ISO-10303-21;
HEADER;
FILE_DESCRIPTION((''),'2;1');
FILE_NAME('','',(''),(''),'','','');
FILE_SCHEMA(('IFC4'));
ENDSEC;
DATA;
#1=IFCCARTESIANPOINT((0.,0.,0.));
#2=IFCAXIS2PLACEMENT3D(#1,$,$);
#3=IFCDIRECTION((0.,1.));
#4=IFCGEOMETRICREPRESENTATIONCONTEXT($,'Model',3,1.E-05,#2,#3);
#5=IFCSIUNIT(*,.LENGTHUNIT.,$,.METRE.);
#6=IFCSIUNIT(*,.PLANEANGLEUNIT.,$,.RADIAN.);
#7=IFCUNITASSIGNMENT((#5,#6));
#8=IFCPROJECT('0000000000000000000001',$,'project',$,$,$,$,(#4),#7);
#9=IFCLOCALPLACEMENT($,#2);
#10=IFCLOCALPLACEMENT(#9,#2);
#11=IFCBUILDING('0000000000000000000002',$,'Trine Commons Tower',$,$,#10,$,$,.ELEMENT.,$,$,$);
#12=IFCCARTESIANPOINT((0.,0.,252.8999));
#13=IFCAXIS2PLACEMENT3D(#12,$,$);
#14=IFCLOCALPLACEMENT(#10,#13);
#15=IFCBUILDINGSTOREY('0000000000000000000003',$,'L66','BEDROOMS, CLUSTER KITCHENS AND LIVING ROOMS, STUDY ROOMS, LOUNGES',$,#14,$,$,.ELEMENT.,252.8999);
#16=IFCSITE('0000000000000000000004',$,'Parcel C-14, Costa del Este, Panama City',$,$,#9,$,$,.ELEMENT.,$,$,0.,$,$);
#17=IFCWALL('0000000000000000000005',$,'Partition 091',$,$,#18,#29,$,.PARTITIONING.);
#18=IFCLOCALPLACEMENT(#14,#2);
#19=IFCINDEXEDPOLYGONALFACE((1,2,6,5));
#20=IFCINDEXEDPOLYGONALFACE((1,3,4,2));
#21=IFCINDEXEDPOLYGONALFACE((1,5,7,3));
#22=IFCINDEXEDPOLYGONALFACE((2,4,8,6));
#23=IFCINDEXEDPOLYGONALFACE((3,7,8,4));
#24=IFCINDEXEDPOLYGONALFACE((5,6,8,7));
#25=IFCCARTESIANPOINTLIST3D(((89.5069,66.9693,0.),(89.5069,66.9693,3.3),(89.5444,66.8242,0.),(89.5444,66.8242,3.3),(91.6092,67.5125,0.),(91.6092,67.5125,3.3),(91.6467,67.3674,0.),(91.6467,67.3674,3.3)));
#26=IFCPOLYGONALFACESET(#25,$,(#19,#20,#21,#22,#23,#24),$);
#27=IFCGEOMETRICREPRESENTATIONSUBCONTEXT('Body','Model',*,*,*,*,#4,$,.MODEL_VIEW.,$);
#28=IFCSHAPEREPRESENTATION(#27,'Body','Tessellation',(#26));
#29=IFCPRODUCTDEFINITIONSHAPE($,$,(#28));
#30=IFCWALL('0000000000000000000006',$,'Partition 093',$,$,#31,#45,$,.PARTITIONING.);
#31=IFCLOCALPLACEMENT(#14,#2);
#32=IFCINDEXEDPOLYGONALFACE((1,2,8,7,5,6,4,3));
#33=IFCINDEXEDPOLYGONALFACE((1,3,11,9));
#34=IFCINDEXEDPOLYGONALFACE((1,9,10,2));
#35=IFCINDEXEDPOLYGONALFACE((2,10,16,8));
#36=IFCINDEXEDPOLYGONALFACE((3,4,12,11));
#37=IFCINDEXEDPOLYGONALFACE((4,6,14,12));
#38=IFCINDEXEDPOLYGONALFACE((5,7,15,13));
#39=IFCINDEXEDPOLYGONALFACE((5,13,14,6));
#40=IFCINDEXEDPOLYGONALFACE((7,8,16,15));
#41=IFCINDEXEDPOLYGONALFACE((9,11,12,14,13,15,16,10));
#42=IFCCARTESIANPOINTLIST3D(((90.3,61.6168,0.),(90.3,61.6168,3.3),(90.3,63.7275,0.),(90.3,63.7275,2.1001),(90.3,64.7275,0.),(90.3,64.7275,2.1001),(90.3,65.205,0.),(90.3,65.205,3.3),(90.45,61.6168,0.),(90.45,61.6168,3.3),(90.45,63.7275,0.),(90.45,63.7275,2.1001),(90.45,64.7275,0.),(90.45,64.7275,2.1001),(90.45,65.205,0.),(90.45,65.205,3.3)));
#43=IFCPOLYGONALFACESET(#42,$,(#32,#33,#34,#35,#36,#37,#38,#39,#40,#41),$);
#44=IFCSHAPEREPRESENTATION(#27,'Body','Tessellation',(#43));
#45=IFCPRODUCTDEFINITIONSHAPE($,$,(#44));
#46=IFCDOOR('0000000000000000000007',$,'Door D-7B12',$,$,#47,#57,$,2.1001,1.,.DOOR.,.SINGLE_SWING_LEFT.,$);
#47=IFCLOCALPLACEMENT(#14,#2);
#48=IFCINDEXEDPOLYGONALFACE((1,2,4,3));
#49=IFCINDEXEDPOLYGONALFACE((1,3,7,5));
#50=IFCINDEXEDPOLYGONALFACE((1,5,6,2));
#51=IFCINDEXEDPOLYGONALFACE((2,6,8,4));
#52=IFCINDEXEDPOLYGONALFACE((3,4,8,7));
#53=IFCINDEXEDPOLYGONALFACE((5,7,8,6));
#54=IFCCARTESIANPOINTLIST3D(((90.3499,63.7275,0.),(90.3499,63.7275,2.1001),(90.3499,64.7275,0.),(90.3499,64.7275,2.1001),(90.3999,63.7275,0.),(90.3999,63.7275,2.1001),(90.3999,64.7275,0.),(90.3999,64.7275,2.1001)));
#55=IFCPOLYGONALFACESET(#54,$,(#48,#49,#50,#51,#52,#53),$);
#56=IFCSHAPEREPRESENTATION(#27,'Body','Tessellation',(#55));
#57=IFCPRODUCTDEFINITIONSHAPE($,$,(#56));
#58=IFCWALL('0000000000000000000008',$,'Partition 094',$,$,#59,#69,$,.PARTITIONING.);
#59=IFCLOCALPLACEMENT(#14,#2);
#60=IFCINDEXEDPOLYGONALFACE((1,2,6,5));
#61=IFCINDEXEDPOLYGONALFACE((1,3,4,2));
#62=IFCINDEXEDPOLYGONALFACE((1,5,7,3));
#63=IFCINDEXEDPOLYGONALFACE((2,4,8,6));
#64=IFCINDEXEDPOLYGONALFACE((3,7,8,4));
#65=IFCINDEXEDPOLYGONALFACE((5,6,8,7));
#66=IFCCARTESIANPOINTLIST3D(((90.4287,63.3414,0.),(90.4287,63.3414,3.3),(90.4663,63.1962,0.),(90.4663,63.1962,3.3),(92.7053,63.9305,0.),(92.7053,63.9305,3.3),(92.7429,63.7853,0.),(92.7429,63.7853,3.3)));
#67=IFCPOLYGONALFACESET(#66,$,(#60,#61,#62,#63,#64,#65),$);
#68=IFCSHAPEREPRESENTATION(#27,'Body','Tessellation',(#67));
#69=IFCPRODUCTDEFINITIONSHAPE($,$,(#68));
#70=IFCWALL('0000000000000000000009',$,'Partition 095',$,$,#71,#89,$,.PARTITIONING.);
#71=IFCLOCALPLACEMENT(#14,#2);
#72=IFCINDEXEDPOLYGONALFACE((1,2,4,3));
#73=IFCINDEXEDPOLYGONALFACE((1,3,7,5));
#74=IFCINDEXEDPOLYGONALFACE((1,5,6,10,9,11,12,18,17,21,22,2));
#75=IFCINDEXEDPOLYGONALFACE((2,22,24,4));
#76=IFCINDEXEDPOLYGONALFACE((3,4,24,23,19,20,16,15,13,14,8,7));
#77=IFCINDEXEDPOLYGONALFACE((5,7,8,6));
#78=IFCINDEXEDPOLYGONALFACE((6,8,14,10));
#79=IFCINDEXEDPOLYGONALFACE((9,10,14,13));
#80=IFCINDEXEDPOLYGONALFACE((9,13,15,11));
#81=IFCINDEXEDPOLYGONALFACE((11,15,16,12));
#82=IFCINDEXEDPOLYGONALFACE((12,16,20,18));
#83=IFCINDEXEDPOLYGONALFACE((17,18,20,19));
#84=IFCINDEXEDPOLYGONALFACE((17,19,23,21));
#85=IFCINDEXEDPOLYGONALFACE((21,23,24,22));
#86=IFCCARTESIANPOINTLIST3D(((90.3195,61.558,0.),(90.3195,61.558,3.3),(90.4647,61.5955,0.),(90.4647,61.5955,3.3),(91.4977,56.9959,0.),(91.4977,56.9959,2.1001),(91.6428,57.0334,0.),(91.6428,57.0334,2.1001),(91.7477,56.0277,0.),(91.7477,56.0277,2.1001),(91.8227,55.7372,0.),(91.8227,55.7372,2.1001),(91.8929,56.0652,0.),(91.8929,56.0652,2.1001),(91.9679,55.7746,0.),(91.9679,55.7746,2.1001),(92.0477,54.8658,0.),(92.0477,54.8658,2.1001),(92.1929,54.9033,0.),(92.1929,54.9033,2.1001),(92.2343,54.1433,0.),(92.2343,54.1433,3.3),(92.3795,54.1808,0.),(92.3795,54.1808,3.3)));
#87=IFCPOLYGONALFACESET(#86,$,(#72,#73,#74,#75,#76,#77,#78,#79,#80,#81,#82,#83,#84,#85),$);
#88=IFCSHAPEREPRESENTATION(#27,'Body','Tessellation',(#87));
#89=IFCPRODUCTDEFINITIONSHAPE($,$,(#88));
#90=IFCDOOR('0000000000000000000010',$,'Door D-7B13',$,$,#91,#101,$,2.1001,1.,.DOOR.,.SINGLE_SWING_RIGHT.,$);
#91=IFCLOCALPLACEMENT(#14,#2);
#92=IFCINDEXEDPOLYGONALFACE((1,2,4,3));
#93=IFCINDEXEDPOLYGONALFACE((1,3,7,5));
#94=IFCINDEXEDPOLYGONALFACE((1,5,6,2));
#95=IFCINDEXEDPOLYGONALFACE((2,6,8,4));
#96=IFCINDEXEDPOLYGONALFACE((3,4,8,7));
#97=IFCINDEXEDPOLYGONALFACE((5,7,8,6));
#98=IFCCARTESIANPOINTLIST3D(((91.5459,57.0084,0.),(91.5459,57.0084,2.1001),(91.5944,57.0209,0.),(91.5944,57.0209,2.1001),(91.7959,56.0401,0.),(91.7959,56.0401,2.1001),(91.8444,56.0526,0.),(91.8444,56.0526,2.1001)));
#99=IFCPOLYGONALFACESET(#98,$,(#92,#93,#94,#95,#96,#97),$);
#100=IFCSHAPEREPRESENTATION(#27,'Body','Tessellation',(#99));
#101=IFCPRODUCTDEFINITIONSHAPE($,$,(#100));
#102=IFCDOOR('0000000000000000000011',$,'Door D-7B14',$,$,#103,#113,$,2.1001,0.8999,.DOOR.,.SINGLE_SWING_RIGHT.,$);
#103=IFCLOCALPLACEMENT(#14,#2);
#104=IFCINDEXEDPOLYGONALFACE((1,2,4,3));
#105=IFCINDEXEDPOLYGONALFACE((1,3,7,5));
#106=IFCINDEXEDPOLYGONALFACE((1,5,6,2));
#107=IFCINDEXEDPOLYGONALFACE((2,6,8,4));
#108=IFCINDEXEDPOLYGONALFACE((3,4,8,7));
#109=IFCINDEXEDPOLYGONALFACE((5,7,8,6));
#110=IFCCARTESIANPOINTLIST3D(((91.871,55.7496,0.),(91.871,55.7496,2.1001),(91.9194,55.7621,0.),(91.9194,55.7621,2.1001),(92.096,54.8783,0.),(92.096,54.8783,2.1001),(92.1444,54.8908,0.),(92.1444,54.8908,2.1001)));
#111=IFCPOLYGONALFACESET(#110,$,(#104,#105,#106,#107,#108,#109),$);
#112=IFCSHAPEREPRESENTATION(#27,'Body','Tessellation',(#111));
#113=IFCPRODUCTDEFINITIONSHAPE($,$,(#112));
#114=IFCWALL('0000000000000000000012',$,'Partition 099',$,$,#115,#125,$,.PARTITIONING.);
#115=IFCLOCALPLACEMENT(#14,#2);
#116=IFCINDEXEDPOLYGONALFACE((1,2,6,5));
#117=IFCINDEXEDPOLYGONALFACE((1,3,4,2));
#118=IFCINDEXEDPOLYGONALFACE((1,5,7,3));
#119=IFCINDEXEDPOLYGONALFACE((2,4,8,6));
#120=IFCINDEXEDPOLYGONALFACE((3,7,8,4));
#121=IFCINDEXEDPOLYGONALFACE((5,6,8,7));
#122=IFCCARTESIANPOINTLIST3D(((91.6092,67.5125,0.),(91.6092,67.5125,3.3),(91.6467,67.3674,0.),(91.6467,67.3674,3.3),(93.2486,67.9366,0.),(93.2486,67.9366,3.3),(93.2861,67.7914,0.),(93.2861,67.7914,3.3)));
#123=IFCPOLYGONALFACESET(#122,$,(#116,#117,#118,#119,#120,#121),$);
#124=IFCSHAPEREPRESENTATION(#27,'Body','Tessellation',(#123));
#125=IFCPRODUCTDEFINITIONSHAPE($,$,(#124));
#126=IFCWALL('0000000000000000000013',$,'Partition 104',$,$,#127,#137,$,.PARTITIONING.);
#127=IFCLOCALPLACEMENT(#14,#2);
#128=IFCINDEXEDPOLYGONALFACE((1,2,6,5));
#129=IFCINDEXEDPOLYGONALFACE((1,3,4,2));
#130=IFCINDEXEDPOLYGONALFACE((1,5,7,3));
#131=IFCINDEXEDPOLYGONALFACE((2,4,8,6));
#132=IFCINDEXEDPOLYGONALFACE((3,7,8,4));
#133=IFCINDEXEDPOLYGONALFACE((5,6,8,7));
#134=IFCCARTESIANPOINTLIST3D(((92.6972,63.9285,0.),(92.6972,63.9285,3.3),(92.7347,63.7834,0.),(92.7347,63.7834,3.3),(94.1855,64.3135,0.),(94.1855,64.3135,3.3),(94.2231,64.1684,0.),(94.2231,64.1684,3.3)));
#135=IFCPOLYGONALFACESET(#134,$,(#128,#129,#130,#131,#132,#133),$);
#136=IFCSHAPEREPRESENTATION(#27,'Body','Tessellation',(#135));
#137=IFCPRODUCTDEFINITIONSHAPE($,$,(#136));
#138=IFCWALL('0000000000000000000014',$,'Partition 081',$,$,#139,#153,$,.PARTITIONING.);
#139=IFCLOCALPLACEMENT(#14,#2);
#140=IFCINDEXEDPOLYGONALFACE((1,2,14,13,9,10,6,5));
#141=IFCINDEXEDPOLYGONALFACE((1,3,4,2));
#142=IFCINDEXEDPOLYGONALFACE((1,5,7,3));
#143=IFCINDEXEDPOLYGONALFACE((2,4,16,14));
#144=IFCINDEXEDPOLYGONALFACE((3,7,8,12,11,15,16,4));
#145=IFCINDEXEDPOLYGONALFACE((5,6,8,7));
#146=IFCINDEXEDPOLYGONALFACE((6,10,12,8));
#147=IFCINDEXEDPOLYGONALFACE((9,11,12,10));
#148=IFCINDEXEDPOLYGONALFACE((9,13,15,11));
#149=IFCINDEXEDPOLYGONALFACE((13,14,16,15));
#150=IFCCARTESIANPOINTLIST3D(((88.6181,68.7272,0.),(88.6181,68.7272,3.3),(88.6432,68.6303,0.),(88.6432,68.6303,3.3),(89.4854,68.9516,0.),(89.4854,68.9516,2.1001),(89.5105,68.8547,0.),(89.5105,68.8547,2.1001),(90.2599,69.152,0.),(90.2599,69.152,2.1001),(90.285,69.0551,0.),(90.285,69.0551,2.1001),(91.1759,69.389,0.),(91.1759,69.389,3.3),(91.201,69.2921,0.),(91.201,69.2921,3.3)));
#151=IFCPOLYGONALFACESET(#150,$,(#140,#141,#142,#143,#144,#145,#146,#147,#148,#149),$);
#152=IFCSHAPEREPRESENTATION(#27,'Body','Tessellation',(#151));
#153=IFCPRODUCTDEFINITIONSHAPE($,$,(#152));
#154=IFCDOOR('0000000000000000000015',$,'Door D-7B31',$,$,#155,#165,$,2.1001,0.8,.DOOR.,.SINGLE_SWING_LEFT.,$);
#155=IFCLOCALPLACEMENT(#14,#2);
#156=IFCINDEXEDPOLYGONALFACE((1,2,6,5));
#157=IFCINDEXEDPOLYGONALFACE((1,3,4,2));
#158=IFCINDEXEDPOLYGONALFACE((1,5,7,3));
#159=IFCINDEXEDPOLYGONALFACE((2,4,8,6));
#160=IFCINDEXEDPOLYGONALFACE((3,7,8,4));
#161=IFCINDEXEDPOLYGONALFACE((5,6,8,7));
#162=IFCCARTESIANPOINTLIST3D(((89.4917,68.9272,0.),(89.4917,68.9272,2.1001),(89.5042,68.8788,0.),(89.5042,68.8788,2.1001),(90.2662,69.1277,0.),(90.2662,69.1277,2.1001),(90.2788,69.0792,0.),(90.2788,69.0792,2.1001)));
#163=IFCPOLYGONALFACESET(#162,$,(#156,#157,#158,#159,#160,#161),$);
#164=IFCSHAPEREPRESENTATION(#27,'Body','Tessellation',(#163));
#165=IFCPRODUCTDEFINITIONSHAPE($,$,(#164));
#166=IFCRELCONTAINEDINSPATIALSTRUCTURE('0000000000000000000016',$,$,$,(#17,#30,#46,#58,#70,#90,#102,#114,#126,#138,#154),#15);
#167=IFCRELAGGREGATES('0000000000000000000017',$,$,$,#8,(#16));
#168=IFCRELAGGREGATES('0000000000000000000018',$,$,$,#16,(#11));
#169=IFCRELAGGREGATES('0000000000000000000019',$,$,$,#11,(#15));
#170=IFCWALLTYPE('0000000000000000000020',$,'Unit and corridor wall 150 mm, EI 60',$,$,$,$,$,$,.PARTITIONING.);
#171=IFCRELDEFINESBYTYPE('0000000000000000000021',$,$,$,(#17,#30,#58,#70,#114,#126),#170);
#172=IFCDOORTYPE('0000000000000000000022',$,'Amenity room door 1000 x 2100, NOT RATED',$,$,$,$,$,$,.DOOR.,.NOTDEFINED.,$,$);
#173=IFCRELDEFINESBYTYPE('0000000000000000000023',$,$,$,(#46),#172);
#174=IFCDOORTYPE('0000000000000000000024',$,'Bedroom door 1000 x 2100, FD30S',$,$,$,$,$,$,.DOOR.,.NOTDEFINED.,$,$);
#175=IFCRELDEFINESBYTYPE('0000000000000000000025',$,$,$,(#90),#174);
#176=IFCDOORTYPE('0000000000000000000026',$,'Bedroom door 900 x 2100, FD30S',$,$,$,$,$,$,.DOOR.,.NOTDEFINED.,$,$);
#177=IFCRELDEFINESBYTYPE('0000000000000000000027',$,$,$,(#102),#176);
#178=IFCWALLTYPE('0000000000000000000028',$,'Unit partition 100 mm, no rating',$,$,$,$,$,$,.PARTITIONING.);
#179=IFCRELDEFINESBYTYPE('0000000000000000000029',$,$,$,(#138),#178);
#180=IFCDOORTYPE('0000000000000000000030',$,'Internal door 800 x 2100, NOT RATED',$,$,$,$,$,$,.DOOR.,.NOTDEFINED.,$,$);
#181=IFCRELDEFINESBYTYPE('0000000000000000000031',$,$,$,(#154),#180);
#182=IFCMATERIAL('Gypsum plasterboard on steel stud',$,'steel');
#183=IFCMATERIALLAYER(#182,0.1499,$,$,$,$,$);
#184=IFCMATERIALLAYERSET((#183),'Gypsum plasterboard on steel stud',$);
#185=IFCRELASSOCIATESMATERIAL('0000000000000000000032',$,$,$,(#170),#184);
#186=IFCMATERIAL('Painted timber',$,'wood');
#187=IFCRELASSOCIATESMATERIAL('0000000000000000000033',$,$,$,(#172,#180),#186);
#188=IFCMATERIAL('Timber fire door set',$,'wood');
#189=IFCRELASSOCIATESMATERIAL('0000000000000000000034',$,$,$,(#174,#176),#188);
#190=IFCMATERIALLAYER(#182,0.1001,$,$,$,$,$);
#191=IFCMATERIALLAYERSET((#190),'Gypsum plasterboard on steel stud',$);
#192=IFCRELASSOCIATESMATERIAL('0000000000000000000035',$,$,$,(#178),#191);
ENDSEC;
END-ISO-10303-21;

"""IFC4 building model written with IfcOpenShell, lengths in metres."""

from ifc_helpers import new_model, si_unit, direction, frame, frame_2d, origin, place, context, subcontext, project, spatial, rectangle, extrude, material, layer, layer_set, type_object, element, fill, save


model = new_model("IFC4")

# Units and contexts
model_context = context("Model", 3, precision=1e-05, world=origin(), true_north=direction((0.0, 1.0)))
body_context = subcontext(model_context, "Body", "Model", "MODEL_VIEW")
ifc_project = project(units=[si_unit("LENGTHUNIT", "METRE"), si_unit("PLANEANGLEUNIT", "RADIAN")], contexts=[model_context])

# Site, building, storey
site_placement = place(None, origin())
site = spatial("IfcSite", under=ifc_project, at=site_placement, Name="Parcel C-14, Costa del Este, Panama City", CompositionType="ELEMENT", RefElevation=0.0)
building_placement = place(site_placement, origin())
building = spatial("IfcBuilding", under=site, at=building_placement, Name="Trine Commons Tower", CompositionType="ELEMENT")
storey_placement = place(building_placement, frame((0.0, 0.0, 252.8999)))
storey = spatial("IfcBuildingStorey", under=building, at=storey_placement, Name="L66", Description="BEDROOMS, CLUSTER KITCHENS AND LIVING ROOMS, STUDY ROOMS, LOUNGES", CompositionType="ELEMENT", Elevation=252.8999)

# Wall
ifc_material_1 = material(Name="Gypsum plasterboard on steel stud", Category="steel")
ifc_layer_1 = layer(ifc_material_1, 0.1499)
ifc_layer_set_1 = layer_set([ifc_layer_1], Name="Gypsum plasterboard on steel stud")
wall_type_1 = type_object("IfcWallType", Name="Unit and corridor wall 150 mm, EI 60", PredefinedType="PARTITIONING", material=ifc_layer_set_1)
wall_1_placement = place(storey_placement, frame((89.5256, 66.8967, 0.0), z_axis=(0.0, 0.0, 1.0), x_axis=(0.968201, 0.250174, 0.0)))
element("IfcWall", 1, at=wall_1_placement, inside=storey, type_object=wall_type_1, Name="Partition 091", PredefinedType="PARTITIONING", context=body_context, shape_type="SweptSolid", body=[
    extrude(rectangle(XDim=2.1714, YDim=0.1499, at=frame_2d((1.0857, 0.0))), origin(), (0.0, 0.0, 1.0), 3.3),
])

# Wall, opening, door
wall_2_placement = place(storey_placement, frame((90.375, 61.6169, 0.0), z_axis=(0.0, 0.0, 1.0), x_axis=(0.0, 1.0, 0.0)))
wall_2 = element("IfcWall", 2, at=wall_2_placement, inside=storey, type_object=wall_type_1, Name="Partition 093", PredefinedType="PARTITIONING", context=body_context, shape_type="SweptSolid", body=[
    extrude(rectangle(XDim=3.5881, YDim=0.1499, at=frame_2d((1.7939, 0.0))), origin(), (0.0, 0.0, 1.0), 3.3),
])
opening_1_placement = place(wall_2_placement, frame((2.1106, 0.0, 0.0)))
opening_1 = element("IfcOpeningElement", 3, at=opening_1_placement, cuts=wall_2, PredefinedType="OPENING", context=body_context, shape_type="SweptSolid", body=[
    extrude(rectangle(XDim=1.0, YDim=2.1001, at=frame_2d((0.5, 1.05))), frame((0.0, 0.085, 0.0), z_axis=(0.0, -1.0, 0.0), x_axis=(1.0, 0.0, 0.0)), (0.0, 0.0, 1.0), 0.1699),
])
ifc_material_2 = material(Name="Painted timber", Category="wood")
door_type_1 = type_object("IfcDoorType", Name="Amenity room door 1000 x 2100, NOT RATED", OperationType="NOTDEFINED", PredefinedType="DOOR", material=ifc_material_2)
door_1_placement = place(opening_1_placement, frame((1.0, 0.0, 0.0), z_axis=(0.0, 0.0, 1.0), x_axis=(-1.0, 0.0, 0.0)))
door_1 = element("IfcDoor", 4, at=door_1_placement, inside=storey, type_object=door_type_1, Name="Door D-7B12", OperationType="SINGLE_SWING_LEFT", OverallHeight=2.1001, OverallWidth=1.0, PredefinedType="DOOR", context=body_context, shape_type="SweptSolid", body=[
    extrude(rectangle(XDim=1.0, YDim=2.1001, at=frame_2d((0.5, 1.05))), frame((0.0, 0.0249, 0.0), z_axis=(0.0, -1.0, 0.0), x_axis=(1.0, 0.0, 0.0)), (0.0, 0.0, 1.0), 0.05),
])
fill(opening_1, door_1)

# Wall
wall_3_placement = place(storey_placement, frame((90.4475, 63.2688, 0.0), z_axis=(0.0, 0.0, 1.0), x_axis=(0.968113, 0.250515, 0.0)))
element("IfcWall", 5, at=wall_3_placement, inside=storey, type_object=wall_type_1, Name="Partition 094", PredefinedType="PARTITIONING", context=body_context, shape_type="SweptSolid", body=[
    extrude(rectangle(XDim=2.3516, YDim=0.1499, at=frame_2d((1.1758, 0.0))), origin(), (0.0, 0.0, 1.0), 3.3),
])

# Wall, openings, doors
wall_4_placement = place(storey_placement, frame((90.3921, 61.5769, 0.0), z_axis=(0.0, 0.0, 1.0), x_axis=(0.250037, -0.968236, 0.0)))
wall_4 = element("IfcWall", 6, at=wall_4_placement, inside=storey, type_object=wall_type_1, Name="Partition 095", PredefinedType="PARTITIONING", context=body_context, shape_type="SweptSolid", body=[
    extrude(rectangle(XDim=7.658, YDim=0.1499, at=frame_2d((3.8291, 0.0))), origin(), (0.0, 0.0, 1.0), 3.3),
])
opening_2_placement = place(wall_4_placement, frame((4.7119, 0.0, 0.0)))
opening_2 = element("IfcOpeningElement", 7, at=opening_2_placement, cuts=wall_4, PredefinedType="OPENING", context=body_context, shape_type="SweptSolid", body=[
    extrude(rectangle(XDim=1.0, YDim=2.1001, at=frame_2d((0.5, 1.05))), frame((0.0, 0.085, 0.0), z_axis=(0.0, -1.0, 0.0), x_axis=(1.0, 0.0, 0.0)), (0.0, 0.0, 1.0), 0.1699),
])
opening_3_placement = place(wall_4_placement, frame((6.012, 0.0, 0.0)))
opening_3 = element("IfcOpeningElement", 8, at=opening_3_placement, cuts=wall_4, PredefinedType="OPENING", context=body_context, shape_type="SweptSolid", body=[
    extrude(rectangle(XDim=0.8999, YDim=2.1001, at=frame_2d((0.45, 1.05))), frame((0.0, 0.085, 0.0), z_axis=(0.0, -1.0, 0.0), x_axis=(1.0, 0.0, 0.0)), (0.0, 0.0, 1.0), 0.1699),
])
ifc_material_3 = material(Name="Timber fire door set", Category="wood")
door_type_2 = type_object("IfcDoorType", Name="Bedroom door 1000 x 2100, FD30S", OperationType="NOTDEFINED", PredefinedType="DOOR", material=ifc_material_3)
door_2_placement = place(opening_2_placement, origin())
door_2 = element("IfcDoor", 9, at=door_2_placement, inside=storey, type_object=door_type_2, Name="Door D-7B13", OperationType="SINGLE_SWING_RIGHT", OverallHeight=2.1001, OverallWidth=1.0, PredefinedType="DOOR", context=body_context, shape_type="SweptSolid", body=[
    extrude(rectangle(XDim=1.0, YDim=2.1001, at=frame_2d((0.5, 1.05))), frame((0.0, 0.0249, 0.0), z_axis=(0.0, -1.0, 0.0), x_axis=(1.0, 0.0, 0.0)), (0.0, 0.0, 1.0), 0.05),
])
fill(opening_2, door_2)
door_type_3 = type_object("IfcDoorType", Name="Bedroom door 900 x 2100, FD30S", OperationType="NOTDEFINED", PredefinedType="DOOR", material=ifc_material_3)
door_3_placement = place(opening_3_placement, origin())
door_3 = element("IfcDoor", 10, at=door_3_placement, inside=storey, type_object=door_type_3, Name="Door D-7B14", OperationType="SINGLE_SWING_RIGHT", OverallHeight=2.1001, OverallWidth=0.8999, PredefinedType="DOOR", context=body_context, shape_type="SweptSolid", body=[
    extrude(rectangle(XDim=0.8999, YDim=2.1001, at=frame_2d((0.45, 1.05))), frame((0.0, 0.0249, 0.0), z_axis=(0.0, -1.0, 0.0), x_axis=(1.0, 0.0, 0.0)), (0.0, 0.0, 1.0), 0.05),
])
fill(opening_3, door_3)

# Walls
wall_5_placement = place(storey_placement, frame((91.6279, 67.4399, 0.0), z_axis=(0.0, 0.0, 1.0), x_axis=(0.968134, 0.250432, 0.0)))
element("IfcWall", 11, at=wall_5_placement, inside=storey, type_object=wall_type_1, Name="Partition 099", PredefinedType="PARTITIONING", context=body_context, shape_type="SweptSolid", body=[
    extrude(rectangle(XDim=1.6934, YDim=0.1499, at=frame_2d((0.8467, 0.0))), origin(), (0.0, 0.0, 1.0), 3.3),
])
wall_6_placement = place(storey_placement, frame((92.7161, 63.856, 0.0), z_axis=(0.0, 0.0, 1.0), x_axis=(0.96813, 0.25045, 0.0)))
element("IfcWall", 12, at=wall_6_placement, inside=storey, type_object=wall_type_1, Name="Partition 104", PredefinedType="PARTITIONING", context=body_context, shape_type="SweptSolid", body=[
    extrude(rectangle(XDim=1.5374, YDim=0.1499, at=frame_2d((0.7686, 0.0))), origin(), (0.0, 0.0, 1.0), 3.3),
])

# Wall, opening, door
ifc_layer_2 = layer(ifc_material_1, 0.1001)
ifc_layer_set_2 = layer_set([ifc_layer_2], Name="Gypsum plasterboard on steel stud")
wall_type_2 = type_object("IfcWallType", Name="Unit partition 100 mm, no rating", PredefinedType="PARTITIONING", material=ifc_layer_set_2)
wall_7_placement = place(storey_placement, frame((88.6306, 68.6787, 0.0), z_axis=(0.0, 0.0, 1.0), x_axis=(0.968115, 0.250507, 0.0)))
wall_7 = element("IfcWall", 13, at=wall_7_placement, inside=storey, type_object=wall_type_2, Name="Partition 081", PredefinedType="PARTITIONING", context=body_context, shape_type="SweptSolid", body=[
    extrude(rectangle(XDim=2.6421, YDim=0.1001, at=frame_2d((1.321, 0.0))), origin(), (0.0, 0.0, 1.0), 3.3),
])
opening_4_placement = place(wall_7_placement, frame((0.896, 0.0, 0.0)))
opening_4 = element("IfcOpeningElement", 14, at=opening_4_placement, cuts=wall_7, PredefinedType="OPENING", context=body_context, shape_type="SweptSolid", body=[
    extrude(rectangle(XDim=0.8, YDim=2.1001, at=frame_2d((0.3999, 1.05))), frame((0.0, 0.0601, 0.0), z_axis=(0.0, -1.0, 0.0), x_axis=(1.0, 0.0, 0.0)), (0.0, 0.0, 1.0), 0.1201),
])
door_type_4 = type_object("IfcDoorType", Name="Internal door 800 x 2100, NOT RATED", OperationType="NOTDEFINED", PredefinedType="DOOR", material=ifc_material_2)
door_4_placement = place(opening_4_placement, origin())
door_4 = element("IfcDoor", 15, at=door_4_placement, inside=storey, type_object=door_type_4, Name="Door D-7B31", OperationType="SINGLE_SWING_LEFT", OverallHeight=2.1001, OverallWidth=0.8, PredefinedType="DOOR", context=body_context, shape_type="SweptSolid", body=[
    extrude(rectangle(XDim=0.8, YDim=2.1001, at=frame_2d((0.3999, 1.05))), frame((0.0, 0.0249, 0.0), z_axis=(0.0, -1.0, 0.0), x_axis=(1.0, 0.0, 0.0)), (0.0, 0.0, 1.0), 0.05),
])
fill(opening_4, door_4)

save(model, "model.ifc")
